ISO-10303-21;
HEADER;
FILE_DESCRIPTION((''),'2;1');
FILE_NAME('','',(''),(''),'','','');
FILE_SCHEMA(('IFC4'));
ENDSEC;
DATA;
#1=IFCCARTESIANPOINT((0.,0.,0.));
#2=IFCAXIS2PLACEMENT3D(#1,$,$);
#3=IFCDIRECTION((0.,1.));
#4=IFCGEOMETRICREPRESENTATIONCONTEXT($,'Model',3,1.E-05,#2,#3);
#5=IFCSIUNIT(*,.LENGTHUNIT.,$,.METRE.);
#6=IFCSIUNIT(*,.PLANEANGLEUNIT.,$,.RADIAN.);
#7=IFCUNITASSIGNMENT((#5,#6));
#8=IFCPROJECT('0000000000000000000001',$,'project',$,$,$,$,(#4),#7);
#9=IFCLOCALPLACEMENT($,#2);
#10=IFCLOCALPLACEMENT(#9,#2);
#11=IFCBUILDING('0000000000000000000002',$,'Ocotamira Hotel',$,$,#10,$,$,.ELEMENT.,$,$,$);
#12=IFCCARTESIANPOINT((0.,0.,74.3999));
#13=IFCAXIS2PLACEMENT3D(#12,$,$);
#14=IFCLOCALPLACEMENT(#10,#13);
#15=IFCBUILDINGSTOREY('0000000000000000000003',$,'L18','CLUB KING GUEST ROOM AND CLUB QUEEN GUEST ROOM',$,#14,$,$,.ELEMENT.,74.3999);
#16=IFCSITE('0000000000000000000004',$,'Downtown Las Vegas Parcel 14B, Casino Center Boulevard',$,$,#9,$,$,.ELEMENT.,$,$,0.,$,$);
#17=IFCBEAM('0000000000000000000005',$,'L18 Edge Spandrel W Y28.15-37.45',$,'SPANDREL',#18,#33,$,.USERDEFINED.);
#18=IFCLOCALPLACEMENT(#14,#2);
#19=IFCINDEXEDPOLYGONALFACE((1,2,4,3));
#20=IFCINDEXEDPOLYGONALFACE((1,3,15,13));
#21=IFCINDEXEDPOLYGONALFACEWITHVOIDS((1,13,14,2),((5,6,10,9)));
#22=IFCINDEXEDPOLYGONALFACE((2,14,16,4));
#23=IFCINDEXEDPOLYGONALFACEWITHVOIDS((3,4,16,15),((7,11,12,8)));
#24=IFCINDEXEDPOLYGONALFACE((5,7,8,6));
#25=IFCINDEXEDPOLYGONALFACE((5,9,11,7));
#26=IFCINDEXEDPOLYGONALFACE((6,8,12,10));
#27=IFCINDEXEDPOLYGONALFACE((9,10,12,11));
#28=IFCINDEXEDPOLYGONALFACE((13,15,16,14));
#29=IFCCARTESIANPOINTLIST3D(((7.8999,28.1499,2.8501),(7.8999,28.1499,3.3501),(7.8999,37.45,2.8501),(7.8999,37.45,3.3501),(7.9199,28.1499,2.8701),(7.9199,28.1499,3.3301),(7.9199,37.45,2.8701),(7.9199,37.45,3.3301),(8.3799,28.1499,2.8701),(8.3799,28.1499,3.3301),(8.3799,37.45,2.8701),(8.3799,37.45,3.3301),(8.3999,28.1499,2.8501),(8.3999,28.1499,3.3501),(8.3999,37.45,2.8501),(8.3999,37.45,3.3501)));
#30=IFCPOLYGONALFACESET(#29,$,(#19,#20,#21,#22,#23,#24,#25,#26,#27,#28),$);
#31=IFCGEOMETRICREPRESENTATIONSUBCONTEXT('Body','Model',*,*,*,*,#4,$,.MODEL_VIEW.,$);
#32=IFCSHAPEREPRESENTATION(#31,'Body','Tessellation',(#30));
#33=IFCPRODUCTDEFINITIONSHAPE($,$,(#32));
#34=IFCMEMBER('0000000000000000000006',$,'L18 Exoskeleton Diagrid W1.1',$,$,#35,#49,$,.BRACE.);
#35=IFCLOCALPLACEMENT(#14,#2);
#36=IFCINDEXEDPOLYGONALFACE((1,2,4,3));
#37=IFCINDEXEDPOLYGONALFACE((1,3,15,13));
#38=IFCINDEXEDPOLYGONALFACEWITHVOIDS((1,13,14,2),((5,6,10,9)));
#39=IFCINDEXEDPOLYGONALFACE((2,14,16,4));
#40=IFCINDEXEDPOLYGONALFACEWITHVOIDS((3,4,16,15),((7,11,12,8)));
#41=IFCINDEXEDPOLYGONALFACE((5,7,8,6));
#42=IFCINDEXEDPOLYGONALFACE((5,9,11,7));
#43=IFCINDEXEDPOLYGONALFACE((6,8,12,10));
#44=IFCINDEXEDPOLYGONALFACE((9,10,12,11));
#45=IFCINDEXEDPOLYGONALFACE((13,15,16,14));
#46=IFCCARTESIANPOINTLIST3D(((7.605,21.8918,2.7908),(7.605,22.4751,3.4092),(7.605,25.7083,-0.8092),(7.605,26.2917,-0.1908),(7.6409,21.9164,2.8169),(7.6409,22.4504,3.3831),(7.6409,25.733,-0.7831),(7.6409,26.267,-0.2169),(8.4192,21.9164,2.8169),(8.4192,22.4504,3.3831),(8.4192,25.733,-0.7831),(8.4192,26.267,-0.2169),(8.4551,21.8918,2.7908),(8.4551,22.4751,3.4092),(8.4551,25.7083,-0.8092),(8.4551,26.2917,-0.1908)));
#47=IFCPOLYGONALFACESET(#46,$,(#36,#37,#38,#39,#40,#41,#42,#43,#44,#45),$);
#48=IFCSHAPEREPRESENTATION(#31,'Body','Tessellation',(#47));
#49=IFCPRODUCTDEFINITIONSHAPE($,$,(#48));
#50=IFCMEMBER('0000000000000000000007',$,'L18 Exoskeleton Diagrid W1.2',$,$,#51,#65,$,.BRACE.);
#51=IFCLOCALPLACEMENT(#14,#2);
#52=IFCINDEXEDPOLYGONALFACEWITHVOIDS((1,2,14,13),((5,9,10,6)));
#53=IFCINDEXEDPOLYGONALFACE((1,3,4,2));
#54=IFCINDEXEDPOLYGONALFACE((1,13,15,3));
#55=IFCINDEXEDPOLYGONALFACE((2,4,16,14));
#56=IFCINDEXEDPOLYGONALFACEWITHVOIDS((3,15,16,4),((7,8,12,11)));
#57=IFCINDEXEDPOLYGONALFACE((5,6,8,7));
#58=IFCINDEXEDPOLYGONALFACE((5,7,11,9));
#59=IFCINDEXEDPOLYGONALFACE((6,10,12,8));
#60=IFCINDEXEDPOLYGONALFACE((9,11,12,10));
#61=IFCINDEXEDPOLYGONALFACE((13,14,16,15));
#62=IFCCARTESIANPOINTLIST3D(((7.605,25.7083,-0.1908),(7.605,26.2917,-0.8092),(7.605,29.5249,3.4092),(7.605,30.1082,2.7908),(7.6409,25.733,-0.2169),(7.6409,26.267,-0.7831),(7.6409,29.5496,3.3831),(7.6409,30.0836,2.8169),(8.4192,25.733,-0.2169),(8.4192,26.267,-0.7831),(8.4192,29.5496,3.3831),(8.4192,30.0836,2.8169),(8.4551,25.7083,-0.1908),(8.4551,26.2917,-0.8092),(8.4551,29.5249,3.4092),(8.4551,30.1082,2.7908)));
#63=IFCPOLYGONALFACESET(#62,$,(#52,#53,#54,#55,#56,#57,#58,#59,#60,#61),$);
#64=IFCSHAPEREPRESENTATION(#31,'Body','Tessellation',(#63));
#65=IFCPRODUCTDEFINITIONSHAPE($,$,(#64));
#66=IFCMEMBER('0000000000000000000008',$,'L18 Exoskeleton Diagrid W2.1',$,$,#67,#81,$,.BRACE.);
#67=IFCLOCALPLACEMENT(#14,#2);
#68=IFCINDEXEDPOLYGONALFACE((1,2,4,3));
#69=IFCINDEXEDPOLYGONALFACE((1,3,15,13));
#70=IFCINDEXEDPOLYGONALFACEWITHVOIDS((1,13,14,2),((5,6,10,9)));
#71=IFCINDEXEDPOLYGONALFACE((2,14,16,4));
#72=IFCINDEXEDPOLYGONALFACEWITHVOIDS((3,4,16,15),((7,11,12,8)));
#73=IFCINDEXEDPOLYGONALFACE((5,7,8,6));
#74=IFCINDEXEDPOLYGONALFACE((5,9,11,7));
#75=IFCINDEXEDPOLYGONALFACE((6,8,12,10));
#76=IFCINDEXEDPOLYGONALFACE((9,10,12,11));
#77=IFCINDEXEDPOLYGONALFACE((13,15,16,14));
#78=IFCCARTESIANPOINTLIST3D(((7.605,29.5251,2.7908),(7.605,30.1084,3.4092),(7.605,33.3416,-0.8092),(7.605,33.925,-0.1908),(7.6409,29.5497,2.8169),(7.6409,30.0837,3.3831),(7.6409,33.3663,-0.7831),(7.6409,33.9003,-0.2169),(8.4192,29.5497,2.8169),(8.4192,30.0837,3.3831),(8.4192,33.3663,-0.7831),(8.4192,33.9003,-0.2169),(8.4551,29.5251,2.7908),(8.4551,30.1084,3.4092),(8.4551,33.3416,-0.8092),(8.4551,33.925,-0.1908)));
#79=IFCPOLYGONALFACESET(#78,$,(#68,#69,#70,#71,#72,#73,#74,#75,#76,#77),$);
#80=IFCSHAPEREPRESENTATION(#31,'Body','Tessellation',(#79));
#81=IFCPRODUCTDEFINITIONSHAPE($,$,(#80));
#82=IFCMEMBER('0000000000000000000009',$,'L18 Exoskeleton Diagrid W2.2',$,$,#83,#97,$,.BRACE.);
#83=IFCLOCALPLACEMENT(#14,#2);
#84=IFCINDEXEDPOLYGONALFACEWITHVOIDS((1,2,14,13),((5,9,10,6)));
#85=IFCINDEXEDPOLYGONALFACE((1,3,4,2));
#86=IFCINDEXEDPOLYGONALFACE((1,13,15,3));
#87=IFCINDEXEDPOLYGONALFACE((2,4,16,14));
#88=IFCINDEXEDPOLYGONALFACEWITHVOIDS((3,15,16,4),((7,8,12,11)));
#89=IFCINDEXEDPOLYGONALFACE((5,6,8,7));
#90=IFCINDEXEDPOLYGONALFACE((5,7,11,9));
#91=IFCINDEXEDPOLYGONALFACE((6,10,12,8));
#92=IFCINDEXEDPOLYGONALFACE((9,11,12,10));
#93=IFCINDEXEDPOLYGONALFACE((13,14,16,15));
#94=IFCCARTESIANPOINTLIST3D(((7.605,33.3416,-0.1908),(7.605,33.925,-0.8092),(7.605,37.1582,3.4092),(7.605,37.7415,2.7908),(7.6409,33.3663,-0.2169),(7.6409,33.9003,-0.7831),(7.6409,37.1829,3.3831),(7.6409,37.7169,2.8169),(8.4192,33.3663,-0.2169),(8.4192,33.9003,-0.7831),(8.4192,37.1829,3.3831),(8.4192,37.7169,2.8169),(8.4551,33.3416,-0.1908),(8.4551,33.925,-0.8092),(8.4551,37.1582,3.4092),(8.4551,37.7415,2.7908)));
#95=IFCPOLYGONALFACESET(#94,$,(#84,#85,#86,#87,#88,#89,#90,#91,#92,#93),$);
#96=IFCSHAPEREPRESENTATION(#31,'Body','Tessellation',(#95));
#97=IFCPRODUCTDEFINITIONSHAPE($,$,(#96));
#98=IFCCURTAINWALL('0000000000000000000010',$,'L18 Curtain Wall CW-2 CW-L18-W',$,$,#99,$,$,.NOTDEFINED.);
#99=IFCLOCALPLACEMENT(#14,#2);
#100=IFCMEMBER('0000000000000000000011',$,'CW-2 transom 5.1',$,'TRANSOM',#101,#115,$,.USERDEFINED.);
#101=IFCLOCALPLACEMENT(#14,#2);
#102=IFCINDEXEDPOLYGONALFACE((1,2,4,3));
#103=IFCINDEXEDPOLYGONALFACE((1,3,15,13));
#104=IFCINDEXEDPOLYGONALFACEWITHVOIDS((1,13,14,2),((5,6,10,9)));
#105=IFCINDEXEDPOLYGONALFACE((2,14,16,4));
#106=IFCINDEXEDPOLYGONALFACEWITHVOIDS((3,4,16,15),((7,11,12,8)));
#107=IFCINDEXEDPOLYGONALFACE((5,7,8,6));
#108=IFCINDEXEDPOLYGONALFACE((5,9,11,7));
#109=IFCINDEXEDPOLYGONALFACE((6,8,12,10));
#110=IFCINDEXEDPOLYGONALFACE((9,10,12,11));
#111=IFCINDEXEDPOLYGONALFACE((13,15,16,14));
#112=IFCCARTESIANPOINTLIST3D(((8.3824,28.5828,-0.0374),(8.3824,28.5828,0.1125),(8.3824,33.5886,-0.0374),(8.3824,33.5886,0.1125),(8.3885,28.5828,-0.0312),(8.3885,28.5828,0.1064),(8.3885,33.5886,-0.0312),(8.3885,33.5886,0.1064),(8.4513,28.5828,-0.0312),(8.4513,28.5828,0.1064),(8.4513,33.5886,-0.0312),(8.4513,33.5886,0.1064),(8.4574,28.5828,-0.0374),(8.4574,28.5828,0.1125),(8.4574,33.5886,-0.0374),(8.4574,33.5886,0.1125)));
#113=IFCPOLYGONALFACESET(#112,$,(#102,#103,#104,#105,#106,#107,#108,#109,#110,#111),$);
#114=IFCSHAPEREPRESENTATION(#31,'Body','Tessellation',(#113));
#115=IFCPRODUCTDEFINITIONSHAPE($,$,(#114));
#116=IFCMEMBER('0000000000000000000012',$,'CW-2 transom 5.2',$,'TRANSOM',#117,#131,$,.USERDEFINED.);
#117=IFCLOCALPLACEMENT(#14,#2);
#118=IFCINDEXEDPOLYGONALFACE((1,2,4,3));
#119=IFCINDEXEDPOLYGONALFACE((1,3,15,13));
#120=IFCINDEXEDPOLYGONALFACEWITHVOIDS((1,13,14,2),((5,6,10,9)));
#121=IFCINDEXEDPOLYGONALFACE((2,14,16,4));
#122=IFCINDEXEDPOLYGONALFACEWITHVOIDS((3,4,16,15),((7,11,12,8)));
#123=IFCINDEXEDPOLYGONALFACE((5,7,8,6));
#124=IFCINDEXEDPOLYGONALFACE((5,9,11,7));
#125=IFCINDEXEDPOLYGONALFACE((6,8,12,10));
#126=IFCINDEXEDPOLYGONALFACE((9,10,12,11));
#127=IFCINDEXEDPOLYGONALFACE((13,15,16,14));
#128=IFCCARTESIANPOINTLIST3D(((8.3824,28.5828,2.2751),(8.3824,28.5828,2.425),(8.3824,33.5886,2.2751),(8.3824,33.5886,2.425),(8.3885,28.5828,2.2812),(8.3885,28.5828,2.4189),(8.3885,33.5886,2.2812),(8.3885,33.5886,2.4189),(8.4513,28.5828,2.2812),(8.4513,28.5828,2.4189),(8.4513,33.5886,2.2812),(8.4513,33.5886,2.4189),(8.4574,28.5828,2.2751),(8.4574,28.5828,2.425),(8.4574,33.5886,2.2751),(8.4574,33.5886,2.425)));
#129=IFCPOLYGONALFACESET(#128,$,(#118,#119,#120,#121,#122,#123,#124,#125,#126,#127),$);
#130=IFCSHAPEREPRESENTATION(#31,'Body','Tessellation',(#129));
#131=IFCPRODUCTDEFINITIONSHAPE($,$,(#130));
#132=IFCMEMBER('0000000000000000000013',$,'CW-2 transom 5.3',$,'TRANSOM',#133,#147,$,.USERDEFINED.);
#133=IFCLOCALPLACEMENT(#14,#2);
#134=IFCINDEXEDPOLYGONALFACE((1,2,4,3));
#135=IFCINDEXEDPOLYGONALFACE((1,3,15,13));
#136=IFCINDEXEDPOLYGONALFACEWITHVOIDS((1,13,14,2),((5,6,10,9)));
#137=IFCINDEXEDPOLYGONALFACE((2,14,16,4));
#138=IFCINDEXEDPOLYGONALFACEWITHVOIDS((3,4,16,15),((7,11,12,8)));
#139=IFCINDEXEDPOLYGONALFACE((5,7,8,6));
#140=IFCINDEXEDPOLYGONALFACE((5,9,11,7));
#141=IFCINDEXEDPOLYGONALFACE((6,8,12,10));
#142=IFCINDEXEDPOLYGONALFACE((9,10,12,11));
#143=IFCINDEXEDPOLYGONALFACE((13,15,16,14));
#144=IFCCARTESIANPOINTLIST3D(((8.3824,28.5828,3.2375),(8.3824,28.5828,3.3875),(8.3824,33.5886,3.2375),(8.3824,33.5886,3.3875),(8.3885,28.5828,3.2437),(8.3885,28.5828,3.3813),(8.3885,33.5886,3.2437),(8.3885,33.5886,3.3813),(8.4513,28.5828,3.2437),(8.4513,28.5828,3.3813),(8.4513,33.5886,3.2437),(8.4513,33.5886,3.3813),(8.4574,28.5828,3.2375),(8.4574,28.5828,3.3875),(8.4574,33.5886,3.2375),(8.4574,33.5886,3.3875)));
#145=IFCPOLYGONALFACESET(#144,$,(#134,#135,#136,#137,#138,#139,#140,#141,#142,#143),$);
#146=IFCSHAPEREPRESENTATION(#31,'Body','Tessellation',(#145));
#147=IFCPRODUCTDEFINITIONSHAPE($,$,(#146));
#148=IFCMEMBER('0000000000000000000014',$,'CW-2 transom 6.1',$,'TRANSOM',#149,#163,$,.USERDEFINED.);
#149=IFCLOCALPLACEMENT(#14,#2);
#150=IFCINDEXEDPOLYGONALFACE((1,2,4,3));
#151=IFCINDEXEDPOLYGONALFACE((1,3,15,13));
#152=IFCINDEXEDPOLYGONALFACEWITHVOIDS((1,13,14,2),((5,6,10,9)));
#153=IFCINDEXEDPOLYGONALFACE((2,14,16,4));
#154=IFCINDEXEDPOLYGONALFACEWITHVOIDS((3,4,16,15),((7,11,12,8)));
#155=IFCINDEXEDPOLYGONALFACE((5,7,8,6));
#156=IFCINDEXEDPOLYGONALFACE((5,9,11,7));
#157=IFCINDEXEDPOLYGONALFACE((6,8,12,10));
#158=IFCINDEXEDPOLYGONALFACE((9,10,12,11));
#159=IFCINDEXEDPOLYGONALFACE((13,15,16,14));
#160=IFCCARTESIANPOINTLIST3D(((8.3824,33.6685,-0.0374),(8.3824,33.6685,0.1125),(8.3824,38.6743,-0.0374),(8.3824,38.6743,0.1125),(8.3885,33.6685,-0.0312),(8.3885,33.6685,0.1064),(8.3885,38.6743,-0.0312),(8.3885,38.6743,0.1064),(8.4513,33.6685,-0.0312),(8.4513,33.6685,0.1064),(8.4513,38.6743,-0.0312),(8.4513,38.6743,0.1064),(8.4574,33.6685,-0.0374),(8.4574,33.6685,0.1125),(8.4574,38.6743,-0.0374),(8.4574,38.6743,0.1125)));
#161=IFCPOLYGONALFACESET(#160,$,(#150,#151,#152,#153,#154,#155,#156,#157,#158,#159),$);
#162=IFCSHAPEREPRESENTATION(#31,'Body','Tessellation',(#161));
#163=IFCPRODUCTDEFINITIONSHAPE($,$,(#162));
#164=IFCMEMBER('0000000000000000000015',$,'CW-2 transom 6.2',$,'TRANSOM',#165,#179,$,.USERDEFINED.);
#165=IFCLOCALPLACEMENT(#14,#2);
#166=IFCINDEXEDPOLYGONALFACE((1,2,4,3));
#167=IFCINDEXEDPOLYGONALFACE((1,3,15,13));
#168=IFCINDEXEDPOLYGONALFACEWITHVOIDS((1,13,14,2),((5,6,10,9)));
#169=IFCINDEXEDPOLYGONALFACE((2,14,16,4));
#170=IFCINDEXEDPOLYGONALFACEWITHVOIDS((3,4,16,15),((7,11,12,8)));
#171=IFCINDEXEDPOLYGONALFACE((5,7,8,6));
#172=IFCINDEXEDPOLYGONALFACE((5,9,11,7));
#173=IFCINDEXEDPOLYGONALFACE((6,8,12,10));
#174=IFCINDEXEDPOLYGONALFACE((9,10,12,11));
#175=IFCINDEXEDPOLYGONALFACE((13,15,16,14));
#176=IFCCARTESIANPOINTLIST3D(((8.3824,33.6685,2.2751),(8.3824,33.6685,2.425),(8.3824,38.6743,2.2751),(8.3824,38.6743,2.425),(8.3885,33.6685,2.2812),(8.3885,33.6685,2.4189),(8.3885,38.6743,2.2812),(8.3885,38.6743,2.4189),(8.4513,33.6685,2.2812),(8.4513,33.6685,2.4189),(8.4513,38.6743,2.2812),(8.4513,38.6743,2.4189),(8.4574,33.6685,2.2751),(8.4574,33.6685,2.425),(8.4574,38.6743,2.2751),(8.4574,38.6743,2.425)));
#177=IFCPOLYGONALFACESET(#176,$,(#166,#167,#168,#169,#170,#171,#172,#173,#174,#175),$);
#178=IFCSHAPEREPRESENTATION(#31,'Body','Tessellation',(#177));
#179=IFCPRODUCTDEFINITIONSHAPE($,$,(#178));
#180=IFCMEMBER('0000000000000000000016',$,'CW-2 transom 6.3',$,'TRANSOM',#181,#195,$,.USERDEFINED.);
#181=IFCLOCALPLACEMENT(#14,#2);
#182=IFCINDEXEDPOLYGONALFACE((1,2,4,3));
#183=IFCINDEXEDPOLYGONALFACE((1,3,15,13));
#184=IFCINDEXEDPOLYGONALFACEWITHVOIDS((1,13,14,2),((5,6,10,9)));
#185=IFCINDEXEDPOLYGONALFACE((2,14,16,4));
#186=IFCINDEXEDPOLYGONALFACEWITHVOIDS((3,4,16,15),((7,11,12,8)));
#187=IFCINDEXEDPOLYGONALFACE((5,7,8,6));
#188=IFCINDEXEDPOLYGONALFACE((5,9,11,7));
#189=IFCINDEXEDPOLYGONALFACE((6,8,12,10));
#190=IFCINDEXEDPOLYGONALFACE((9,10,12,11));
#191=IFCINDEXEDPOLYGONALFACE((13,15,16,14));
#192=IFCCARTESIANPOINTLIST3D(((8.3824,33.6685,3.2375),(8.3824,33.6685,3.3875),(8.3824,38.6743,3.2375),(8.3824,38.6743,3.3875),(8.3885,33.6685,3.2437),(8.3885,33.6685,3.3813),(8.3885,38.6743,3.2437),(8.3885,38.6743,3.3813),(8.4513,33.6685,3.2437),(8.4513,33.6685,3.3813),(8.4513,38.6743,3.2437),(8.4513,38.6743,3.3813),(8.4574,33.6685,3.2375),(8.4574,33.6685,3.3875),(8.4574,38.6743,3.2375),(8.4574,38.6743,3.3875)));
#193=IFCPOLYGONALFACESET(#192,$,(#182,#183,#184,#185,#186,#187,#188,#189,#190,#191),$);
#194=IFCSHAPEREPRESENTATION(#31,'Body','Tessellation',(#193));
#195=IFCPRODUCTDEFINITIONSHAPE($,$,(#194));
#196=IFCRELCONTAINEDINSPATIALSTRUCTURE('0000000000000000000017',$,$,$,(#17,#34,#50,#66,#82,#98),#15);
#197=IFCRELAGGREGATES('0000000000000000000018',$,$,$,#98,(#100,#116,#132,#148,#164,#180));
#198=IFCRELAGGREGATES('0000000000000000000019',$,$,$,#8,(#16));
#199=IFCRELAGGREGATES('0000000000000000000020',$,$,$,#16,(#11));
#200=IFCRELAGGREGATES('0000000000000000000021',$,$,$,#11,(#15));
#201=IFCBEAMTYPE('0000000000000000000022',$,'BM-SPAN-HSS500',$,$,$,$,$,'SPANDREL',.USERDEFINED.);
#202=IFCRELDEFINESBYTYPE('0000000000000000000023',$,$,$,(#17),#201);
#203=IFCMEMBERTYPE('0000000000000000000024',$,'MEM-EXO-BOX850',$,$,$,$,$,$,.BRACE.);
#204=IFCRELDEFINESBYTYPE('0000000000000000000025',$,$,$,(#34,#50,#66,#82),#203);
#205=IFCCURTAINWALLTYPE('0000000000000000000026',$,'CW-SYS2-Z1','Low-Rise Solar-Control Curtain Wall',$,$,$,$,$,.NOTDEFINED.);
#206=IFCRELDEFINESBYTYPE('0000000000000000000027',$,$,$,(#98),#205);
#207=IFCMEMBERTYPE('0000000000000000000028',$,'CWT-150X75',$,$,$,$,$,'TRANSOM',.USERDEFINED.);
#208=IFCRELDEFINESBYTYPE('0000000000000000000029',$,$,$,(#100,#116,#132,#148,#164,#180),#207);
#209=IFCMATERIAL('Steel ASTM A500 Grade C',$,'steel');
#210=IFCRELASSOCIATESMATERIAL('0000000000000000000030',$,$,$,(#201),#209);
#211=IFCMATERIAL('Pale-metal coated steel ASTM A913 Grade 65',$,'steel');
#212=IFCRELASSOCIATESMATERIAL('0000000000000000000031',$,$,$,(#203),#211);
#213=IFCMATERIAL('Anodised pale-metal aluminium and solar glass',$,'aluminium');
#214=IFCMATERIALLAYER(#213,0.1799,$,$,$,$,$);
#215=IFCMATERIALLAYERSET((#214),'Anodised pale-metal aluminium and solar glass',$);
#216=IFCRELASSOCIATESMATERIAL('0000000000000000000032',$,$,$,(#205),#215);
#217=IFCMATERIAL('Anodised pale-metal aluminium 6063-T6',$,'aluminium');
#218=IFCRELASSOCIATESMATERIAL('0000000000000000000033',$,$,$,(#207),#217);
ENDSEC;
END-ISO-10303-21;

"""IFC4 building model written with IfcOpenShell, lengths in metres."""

from ifc_helpers import new_model, si_unit, direction, frame, origin, origin_2d, place, context, subcontext, project, spatial, hollow_rectangle, extrude, source, transform, mapped, material, layer, layer_set, material_profile, profile_set, type_object, element, aggregate, save


model = new_model("IFC4")

# Units and contexts
model_context = context("Model", 3, precision=1e-05, world=origin(), true_north=direction((0.0, 1.0)))
body_context = subcontext(model_context, "Body", "Model", "MODEL_VIEW")
ifc_project = project(units=[si_unit("LENGTHUNIT", "METRE"), si_unit("PLANEANGLEUNIT", "RADIAN")], contexts=[model_context])

# Site, building, storey
site_placement = place(None, origin())
site = spatial("IfcSite", under=ifc_project, at=site_placement, Name="Downtown Las Vegas Parcel 14B, Casino Center Boulevard", CompositionType="ELEMENT", RefElevation=0.0)
building_placement = place(site_placement, origin())
building = spatial("IfcBuilding", under=site, at=building_placement, Name="Ocotamira Hotel", CompositionType="ELEMENT")
storey_placement = place(building_placement, frame((0.0, 0.0, 74.3999)))
storey = spatial("IfcBuildingStorey", under=building, at=storey_placement, Name="L18", Description="CLUB KING GUEST ROOM AND CLUB QUEEN GUEST ROOM", CompositionType="ELEMENT", Elevation=74.3999)

# Beam
ifc_material_1 = material(Name="Steel ASTM A500 Grade C", Category="steel")
ifc_material_profile_1 = material_profile(ifc_material_1, hollow_rectangle(XDim=0.5, YDim=0.5, WallThickness=0.02, at=origin_2d()), Name="HSS500X500X20")
ifc_profile_set_1 = profile_set([ifc_material_profile_1], Name="Steel ASTM A500 Grade C")
beam_type_1 = type_object("IfcBeamType", Name="BM-SPAN-HSS500", ElementType="SPANDREL", PredefinedType="USERDEFINED", material=ifc_profile_set_1)
shared_shape_1 = source(origin(), body_context, "Body", "SweptSolid", [
    extrude(hollow_rectangle(XDim=0.5, YDim=0.5, WallThickness=0.02, at=origin_2d()), origin(), (0.0, 0.0, 1.0), 9.3),
])
beam_1_placement = place(storey_placement, frame((8.1499, 28.1499, 3.1001), z_axis=(0.0, 1.0, 0.0), x_axis=(-1.0, 0.0, 0.0)))
element("IfcBeam", 1, at=beam_1_placement, inside=storey, type_object=beam_type_1, Name="L18 Edge Spandrel W Y28.15-37.45", ObjectType="SPANDREL", PredefinedType="USERDEFINED", context=body_context, shape_type="MappedRepresentation", body=[
    mapped(shared_shape_1, transform((0.0, 0.0, 0.0), scale=1.0)),
])

# Members
ifc_material_2 = material(Name="Pale-metal coated steel ASTM A913 Grade 65", Category="steel")
ifc_material_profile_2 = material_profile(ifc_material_2, hollow_rectangle(XDim=0.8501, YDim=0.8501, WallThickness=0.0359, at=origin_2d()), Name="BOX850X850X36")
ifc_profile_set_2 = profile_set([ifc_material_profile_2], Name="Pale-metal coated steel ASTM A913 Grade 65")
member_type_1 = type_object("IfcMemberType", Name="MEM-EXO-BOX850", PredefinedType="BRACE", material=ifc_profile_set_2)
shared_shape_2 = source(origin(), body_context, "Body", "SweptSolid", [
    extrude(hollow_rectangle(XDim=0.8501, YDim=0.8501, WallThickness=0.0359, at=origin_2d()), origin(), (0.0, 0.0, 1.0), 5.2466),
])
for number, where, z_axis, x_axis, name in (
    (2, (8.03, 26.0, -0.5), (0.0, -0.727443, 0.686168), (1.0, 0.0, 0.0), "L18 Exoskeleton Diagrid W1.1"),
    (3, (8.03, 26.0, -0.5), (0.0, 0.727443, 0.686168), (-1.0, 0.0, 0.0), "L18 Exoskeleton Diagrid W1.2"),
    (4, (8.03, 33.6333, -0.5), (0.0, -0.727443, 0.686168), (1.0, 0.0, 0.0), "L18 Exoskeleton Diagrid W2.1"),
    (5, (8.03, 33.6333, -0.5), (0.0, 0.727443, 0.686168), (-1.0, 0.0, 0.0), "L18 Exoskeleton Diagrid W2.2"),
):
    element("IfcMember", number, at=place(storey_placement, frame(where, z_axis=z_axis, x_axis=x_axis)), inside=storey, type_object=member_type_1, Name=name, PredefinedType="BRACE", context=body_context, shape_type="MappedRepresentation", body=[
        mapped(shared_shape_2, transform((0.0, 0.0, 0.0), scale=1.0)),
    ])

# Curtain wall, members
ifc_material_3 = material(Name="Anodised pale-metal aluminium and solar glass", Category="aluminium")
ifc_layer_1 = layer(ifc_material_3, 0.1799)
ifc_layer_set_1 = layer_set([ifc_layer_1], Name="Anodised pale-metal aluminium and solar glass")
curtain_wall_type = type_object("IfcCurtainWallType", Name="CW-SYS2-Z1", Description="Low-Rise Solar-Control Curtain Wall", PredefinedType="NOTDEFINED", material=ifc_layer_set_1)
curtain_wall_placement = place(storey_placement, origin())
curtain_wall = element("IfcCurtainWall", 6, at=curtain_wall_placement, inside=storey, type_object=curtain_wall_type, Name="L18 Curtain Wall CW-2 CW-L18-W", PredefinedType="NOTDEFINED")
ifc_material_4 = material(Name="Anodised pale-metal aluminium 6063-T6", Category="aluminium")
ifc_material_profile_3 = material_profile(ifc_material_4, hollow_rectangle(XDim=0.075, YDim=0.1499, WallThickness=0.0061, at=origin_2d()), Name="HSS150X75X6")
ifc_profile_set_3 = profile_set([ifc_material_profile_3], Name="Anodised pale-metal aluminium 6063-T6")
member_type_2 = type_object("IfcMemberType", Name="CWT-150X75", ElementType="TRANSOM", PredefinedType="USERDEFINED", material=ifc_profile_set_3)
shared_shape_3 = source(origin(), body_context, "Body", "SweptSolid", [
    extrude(hollow_rectangle(XDim=0.075, YDim=0.1499, WallThickness=0.0061, at=origin_2d()), origin(), (0.0, 0.0, 1.0), 5.0059),
])
member_1_placement = place(storey_placement, frame((8.4199, 28.5828, 0.0376), z_axis=(0.0, 1.0, 0.0), x_axis=(-1.0, 0.0, 0.0)))
member_1 = element("IfcMember", 7, at=member_1_placement, type_object=member_type_2, Name="CW-2 transom 5.1", ObjectType="TRANSOM", PredefinedType="USERDEFINED", context=body_context, shape_type="MappedRepresentation", body=[
    mapped(shared_shape_3, transform((0.0, 0.0, 0.0), scale=1.0)),
])
member_2_placement = place(storey_placement, frame((8.4199, 28.5828, 2.3501), z_axis=(0.0, 1.0, 0.0), x_axis=(-1.0, 0.0, 0.0)))
member_2 = element("IfcMember", 8, at=member_2_placement, type_object=member_type_2, Name="CW-2 transom 5.2", ObjectType="TRANSOM", PredefinedType="USERDEFINED", context=body_context, shape_type="MappedRepresentation", body=[
    mapped(shared_shape_3, transform((0.0, 0.0, 0.0), scale=1.0)),
])
member_3_placement = place(storey_placement, frame((8.4199, 28.5828, 3.3125), z_axis=(0.0, 1.0, 0.0), x_axis=(-1.0, 0.0, 0.0)))
member_3 = element("IfcMember", 9, at=member_3_placement, type_object=member_type_2, Name="CW-2 transom 5.3", ObjectType="TRANSOM", PredefinedType="USERDEFINED", context=body_context, shape_type="MappedRepresentation", body=[
    mapped(shared_shape_3, transform((0.0, 0.0, 0.0), scale=1.0)),
])
member_4_placement = place(storey_placement, frame((8.4199, 33.6685, 0.0376), z_axis=(0.0, 1.0, 0.0), x_axis=(-1.0, 0.0, 0.0)))
member_4 = element("IfcMember", 10, at=member_4_placement, type_object=member_type_2, Name="CW-2 transom 6.1", ObjectType="TRANSOM", PredefinedType="USERDEFINED", context=body_context, shape_type="MappedRepresentation", body=[
    mapped(shared_shape_3, transform((0.0, 0.0, 0.0), scale=1.0)),
])
member_5_placement = place(storey_placement, frame((8.4199, 33.6685, 2.3501), z_axis=(0.0, 1.0, 0.0), x_axis=(-1.0, 0.0, 0.0)))
member_5 = element("IfcMember", 11, at=member_5_placement, type_object=member_type_2, Name="CW-2 transom 6.2", ObjectType="TRANSOM", PredefinedType="USERDEFINED", context=body_context, shape_type="MappedRepresentation", body=[
    mapped(shared_shape_3, transform((0.0, 0.0, 0.0), scale=1.0)),
])
member_6_placement = place(storey_placement, frame((8.4199, 33.6685, 3.3125), z_axis=(0.0, 1.0, 0.0), x_axis=(-1.0, 0.0, 0.0)))
member_6 = element("IfcMember", 12, at=member_6_placement, type_object=member_type_2, Name="CW-2 transom 6.3", ObjectType="TRANSOM", PredefinedType="USERDEFINED", context=body_context, shape_type="MappedRepresentation", body=[
    mapped(shared_shape_3, transform((0.0, 0.0, 0.0), scale=1.0)),
])

aggregate(curtain_wall, [member_1, member_2, member_3, member_4, member_5, member_6])

save(model, "model.ifc")
